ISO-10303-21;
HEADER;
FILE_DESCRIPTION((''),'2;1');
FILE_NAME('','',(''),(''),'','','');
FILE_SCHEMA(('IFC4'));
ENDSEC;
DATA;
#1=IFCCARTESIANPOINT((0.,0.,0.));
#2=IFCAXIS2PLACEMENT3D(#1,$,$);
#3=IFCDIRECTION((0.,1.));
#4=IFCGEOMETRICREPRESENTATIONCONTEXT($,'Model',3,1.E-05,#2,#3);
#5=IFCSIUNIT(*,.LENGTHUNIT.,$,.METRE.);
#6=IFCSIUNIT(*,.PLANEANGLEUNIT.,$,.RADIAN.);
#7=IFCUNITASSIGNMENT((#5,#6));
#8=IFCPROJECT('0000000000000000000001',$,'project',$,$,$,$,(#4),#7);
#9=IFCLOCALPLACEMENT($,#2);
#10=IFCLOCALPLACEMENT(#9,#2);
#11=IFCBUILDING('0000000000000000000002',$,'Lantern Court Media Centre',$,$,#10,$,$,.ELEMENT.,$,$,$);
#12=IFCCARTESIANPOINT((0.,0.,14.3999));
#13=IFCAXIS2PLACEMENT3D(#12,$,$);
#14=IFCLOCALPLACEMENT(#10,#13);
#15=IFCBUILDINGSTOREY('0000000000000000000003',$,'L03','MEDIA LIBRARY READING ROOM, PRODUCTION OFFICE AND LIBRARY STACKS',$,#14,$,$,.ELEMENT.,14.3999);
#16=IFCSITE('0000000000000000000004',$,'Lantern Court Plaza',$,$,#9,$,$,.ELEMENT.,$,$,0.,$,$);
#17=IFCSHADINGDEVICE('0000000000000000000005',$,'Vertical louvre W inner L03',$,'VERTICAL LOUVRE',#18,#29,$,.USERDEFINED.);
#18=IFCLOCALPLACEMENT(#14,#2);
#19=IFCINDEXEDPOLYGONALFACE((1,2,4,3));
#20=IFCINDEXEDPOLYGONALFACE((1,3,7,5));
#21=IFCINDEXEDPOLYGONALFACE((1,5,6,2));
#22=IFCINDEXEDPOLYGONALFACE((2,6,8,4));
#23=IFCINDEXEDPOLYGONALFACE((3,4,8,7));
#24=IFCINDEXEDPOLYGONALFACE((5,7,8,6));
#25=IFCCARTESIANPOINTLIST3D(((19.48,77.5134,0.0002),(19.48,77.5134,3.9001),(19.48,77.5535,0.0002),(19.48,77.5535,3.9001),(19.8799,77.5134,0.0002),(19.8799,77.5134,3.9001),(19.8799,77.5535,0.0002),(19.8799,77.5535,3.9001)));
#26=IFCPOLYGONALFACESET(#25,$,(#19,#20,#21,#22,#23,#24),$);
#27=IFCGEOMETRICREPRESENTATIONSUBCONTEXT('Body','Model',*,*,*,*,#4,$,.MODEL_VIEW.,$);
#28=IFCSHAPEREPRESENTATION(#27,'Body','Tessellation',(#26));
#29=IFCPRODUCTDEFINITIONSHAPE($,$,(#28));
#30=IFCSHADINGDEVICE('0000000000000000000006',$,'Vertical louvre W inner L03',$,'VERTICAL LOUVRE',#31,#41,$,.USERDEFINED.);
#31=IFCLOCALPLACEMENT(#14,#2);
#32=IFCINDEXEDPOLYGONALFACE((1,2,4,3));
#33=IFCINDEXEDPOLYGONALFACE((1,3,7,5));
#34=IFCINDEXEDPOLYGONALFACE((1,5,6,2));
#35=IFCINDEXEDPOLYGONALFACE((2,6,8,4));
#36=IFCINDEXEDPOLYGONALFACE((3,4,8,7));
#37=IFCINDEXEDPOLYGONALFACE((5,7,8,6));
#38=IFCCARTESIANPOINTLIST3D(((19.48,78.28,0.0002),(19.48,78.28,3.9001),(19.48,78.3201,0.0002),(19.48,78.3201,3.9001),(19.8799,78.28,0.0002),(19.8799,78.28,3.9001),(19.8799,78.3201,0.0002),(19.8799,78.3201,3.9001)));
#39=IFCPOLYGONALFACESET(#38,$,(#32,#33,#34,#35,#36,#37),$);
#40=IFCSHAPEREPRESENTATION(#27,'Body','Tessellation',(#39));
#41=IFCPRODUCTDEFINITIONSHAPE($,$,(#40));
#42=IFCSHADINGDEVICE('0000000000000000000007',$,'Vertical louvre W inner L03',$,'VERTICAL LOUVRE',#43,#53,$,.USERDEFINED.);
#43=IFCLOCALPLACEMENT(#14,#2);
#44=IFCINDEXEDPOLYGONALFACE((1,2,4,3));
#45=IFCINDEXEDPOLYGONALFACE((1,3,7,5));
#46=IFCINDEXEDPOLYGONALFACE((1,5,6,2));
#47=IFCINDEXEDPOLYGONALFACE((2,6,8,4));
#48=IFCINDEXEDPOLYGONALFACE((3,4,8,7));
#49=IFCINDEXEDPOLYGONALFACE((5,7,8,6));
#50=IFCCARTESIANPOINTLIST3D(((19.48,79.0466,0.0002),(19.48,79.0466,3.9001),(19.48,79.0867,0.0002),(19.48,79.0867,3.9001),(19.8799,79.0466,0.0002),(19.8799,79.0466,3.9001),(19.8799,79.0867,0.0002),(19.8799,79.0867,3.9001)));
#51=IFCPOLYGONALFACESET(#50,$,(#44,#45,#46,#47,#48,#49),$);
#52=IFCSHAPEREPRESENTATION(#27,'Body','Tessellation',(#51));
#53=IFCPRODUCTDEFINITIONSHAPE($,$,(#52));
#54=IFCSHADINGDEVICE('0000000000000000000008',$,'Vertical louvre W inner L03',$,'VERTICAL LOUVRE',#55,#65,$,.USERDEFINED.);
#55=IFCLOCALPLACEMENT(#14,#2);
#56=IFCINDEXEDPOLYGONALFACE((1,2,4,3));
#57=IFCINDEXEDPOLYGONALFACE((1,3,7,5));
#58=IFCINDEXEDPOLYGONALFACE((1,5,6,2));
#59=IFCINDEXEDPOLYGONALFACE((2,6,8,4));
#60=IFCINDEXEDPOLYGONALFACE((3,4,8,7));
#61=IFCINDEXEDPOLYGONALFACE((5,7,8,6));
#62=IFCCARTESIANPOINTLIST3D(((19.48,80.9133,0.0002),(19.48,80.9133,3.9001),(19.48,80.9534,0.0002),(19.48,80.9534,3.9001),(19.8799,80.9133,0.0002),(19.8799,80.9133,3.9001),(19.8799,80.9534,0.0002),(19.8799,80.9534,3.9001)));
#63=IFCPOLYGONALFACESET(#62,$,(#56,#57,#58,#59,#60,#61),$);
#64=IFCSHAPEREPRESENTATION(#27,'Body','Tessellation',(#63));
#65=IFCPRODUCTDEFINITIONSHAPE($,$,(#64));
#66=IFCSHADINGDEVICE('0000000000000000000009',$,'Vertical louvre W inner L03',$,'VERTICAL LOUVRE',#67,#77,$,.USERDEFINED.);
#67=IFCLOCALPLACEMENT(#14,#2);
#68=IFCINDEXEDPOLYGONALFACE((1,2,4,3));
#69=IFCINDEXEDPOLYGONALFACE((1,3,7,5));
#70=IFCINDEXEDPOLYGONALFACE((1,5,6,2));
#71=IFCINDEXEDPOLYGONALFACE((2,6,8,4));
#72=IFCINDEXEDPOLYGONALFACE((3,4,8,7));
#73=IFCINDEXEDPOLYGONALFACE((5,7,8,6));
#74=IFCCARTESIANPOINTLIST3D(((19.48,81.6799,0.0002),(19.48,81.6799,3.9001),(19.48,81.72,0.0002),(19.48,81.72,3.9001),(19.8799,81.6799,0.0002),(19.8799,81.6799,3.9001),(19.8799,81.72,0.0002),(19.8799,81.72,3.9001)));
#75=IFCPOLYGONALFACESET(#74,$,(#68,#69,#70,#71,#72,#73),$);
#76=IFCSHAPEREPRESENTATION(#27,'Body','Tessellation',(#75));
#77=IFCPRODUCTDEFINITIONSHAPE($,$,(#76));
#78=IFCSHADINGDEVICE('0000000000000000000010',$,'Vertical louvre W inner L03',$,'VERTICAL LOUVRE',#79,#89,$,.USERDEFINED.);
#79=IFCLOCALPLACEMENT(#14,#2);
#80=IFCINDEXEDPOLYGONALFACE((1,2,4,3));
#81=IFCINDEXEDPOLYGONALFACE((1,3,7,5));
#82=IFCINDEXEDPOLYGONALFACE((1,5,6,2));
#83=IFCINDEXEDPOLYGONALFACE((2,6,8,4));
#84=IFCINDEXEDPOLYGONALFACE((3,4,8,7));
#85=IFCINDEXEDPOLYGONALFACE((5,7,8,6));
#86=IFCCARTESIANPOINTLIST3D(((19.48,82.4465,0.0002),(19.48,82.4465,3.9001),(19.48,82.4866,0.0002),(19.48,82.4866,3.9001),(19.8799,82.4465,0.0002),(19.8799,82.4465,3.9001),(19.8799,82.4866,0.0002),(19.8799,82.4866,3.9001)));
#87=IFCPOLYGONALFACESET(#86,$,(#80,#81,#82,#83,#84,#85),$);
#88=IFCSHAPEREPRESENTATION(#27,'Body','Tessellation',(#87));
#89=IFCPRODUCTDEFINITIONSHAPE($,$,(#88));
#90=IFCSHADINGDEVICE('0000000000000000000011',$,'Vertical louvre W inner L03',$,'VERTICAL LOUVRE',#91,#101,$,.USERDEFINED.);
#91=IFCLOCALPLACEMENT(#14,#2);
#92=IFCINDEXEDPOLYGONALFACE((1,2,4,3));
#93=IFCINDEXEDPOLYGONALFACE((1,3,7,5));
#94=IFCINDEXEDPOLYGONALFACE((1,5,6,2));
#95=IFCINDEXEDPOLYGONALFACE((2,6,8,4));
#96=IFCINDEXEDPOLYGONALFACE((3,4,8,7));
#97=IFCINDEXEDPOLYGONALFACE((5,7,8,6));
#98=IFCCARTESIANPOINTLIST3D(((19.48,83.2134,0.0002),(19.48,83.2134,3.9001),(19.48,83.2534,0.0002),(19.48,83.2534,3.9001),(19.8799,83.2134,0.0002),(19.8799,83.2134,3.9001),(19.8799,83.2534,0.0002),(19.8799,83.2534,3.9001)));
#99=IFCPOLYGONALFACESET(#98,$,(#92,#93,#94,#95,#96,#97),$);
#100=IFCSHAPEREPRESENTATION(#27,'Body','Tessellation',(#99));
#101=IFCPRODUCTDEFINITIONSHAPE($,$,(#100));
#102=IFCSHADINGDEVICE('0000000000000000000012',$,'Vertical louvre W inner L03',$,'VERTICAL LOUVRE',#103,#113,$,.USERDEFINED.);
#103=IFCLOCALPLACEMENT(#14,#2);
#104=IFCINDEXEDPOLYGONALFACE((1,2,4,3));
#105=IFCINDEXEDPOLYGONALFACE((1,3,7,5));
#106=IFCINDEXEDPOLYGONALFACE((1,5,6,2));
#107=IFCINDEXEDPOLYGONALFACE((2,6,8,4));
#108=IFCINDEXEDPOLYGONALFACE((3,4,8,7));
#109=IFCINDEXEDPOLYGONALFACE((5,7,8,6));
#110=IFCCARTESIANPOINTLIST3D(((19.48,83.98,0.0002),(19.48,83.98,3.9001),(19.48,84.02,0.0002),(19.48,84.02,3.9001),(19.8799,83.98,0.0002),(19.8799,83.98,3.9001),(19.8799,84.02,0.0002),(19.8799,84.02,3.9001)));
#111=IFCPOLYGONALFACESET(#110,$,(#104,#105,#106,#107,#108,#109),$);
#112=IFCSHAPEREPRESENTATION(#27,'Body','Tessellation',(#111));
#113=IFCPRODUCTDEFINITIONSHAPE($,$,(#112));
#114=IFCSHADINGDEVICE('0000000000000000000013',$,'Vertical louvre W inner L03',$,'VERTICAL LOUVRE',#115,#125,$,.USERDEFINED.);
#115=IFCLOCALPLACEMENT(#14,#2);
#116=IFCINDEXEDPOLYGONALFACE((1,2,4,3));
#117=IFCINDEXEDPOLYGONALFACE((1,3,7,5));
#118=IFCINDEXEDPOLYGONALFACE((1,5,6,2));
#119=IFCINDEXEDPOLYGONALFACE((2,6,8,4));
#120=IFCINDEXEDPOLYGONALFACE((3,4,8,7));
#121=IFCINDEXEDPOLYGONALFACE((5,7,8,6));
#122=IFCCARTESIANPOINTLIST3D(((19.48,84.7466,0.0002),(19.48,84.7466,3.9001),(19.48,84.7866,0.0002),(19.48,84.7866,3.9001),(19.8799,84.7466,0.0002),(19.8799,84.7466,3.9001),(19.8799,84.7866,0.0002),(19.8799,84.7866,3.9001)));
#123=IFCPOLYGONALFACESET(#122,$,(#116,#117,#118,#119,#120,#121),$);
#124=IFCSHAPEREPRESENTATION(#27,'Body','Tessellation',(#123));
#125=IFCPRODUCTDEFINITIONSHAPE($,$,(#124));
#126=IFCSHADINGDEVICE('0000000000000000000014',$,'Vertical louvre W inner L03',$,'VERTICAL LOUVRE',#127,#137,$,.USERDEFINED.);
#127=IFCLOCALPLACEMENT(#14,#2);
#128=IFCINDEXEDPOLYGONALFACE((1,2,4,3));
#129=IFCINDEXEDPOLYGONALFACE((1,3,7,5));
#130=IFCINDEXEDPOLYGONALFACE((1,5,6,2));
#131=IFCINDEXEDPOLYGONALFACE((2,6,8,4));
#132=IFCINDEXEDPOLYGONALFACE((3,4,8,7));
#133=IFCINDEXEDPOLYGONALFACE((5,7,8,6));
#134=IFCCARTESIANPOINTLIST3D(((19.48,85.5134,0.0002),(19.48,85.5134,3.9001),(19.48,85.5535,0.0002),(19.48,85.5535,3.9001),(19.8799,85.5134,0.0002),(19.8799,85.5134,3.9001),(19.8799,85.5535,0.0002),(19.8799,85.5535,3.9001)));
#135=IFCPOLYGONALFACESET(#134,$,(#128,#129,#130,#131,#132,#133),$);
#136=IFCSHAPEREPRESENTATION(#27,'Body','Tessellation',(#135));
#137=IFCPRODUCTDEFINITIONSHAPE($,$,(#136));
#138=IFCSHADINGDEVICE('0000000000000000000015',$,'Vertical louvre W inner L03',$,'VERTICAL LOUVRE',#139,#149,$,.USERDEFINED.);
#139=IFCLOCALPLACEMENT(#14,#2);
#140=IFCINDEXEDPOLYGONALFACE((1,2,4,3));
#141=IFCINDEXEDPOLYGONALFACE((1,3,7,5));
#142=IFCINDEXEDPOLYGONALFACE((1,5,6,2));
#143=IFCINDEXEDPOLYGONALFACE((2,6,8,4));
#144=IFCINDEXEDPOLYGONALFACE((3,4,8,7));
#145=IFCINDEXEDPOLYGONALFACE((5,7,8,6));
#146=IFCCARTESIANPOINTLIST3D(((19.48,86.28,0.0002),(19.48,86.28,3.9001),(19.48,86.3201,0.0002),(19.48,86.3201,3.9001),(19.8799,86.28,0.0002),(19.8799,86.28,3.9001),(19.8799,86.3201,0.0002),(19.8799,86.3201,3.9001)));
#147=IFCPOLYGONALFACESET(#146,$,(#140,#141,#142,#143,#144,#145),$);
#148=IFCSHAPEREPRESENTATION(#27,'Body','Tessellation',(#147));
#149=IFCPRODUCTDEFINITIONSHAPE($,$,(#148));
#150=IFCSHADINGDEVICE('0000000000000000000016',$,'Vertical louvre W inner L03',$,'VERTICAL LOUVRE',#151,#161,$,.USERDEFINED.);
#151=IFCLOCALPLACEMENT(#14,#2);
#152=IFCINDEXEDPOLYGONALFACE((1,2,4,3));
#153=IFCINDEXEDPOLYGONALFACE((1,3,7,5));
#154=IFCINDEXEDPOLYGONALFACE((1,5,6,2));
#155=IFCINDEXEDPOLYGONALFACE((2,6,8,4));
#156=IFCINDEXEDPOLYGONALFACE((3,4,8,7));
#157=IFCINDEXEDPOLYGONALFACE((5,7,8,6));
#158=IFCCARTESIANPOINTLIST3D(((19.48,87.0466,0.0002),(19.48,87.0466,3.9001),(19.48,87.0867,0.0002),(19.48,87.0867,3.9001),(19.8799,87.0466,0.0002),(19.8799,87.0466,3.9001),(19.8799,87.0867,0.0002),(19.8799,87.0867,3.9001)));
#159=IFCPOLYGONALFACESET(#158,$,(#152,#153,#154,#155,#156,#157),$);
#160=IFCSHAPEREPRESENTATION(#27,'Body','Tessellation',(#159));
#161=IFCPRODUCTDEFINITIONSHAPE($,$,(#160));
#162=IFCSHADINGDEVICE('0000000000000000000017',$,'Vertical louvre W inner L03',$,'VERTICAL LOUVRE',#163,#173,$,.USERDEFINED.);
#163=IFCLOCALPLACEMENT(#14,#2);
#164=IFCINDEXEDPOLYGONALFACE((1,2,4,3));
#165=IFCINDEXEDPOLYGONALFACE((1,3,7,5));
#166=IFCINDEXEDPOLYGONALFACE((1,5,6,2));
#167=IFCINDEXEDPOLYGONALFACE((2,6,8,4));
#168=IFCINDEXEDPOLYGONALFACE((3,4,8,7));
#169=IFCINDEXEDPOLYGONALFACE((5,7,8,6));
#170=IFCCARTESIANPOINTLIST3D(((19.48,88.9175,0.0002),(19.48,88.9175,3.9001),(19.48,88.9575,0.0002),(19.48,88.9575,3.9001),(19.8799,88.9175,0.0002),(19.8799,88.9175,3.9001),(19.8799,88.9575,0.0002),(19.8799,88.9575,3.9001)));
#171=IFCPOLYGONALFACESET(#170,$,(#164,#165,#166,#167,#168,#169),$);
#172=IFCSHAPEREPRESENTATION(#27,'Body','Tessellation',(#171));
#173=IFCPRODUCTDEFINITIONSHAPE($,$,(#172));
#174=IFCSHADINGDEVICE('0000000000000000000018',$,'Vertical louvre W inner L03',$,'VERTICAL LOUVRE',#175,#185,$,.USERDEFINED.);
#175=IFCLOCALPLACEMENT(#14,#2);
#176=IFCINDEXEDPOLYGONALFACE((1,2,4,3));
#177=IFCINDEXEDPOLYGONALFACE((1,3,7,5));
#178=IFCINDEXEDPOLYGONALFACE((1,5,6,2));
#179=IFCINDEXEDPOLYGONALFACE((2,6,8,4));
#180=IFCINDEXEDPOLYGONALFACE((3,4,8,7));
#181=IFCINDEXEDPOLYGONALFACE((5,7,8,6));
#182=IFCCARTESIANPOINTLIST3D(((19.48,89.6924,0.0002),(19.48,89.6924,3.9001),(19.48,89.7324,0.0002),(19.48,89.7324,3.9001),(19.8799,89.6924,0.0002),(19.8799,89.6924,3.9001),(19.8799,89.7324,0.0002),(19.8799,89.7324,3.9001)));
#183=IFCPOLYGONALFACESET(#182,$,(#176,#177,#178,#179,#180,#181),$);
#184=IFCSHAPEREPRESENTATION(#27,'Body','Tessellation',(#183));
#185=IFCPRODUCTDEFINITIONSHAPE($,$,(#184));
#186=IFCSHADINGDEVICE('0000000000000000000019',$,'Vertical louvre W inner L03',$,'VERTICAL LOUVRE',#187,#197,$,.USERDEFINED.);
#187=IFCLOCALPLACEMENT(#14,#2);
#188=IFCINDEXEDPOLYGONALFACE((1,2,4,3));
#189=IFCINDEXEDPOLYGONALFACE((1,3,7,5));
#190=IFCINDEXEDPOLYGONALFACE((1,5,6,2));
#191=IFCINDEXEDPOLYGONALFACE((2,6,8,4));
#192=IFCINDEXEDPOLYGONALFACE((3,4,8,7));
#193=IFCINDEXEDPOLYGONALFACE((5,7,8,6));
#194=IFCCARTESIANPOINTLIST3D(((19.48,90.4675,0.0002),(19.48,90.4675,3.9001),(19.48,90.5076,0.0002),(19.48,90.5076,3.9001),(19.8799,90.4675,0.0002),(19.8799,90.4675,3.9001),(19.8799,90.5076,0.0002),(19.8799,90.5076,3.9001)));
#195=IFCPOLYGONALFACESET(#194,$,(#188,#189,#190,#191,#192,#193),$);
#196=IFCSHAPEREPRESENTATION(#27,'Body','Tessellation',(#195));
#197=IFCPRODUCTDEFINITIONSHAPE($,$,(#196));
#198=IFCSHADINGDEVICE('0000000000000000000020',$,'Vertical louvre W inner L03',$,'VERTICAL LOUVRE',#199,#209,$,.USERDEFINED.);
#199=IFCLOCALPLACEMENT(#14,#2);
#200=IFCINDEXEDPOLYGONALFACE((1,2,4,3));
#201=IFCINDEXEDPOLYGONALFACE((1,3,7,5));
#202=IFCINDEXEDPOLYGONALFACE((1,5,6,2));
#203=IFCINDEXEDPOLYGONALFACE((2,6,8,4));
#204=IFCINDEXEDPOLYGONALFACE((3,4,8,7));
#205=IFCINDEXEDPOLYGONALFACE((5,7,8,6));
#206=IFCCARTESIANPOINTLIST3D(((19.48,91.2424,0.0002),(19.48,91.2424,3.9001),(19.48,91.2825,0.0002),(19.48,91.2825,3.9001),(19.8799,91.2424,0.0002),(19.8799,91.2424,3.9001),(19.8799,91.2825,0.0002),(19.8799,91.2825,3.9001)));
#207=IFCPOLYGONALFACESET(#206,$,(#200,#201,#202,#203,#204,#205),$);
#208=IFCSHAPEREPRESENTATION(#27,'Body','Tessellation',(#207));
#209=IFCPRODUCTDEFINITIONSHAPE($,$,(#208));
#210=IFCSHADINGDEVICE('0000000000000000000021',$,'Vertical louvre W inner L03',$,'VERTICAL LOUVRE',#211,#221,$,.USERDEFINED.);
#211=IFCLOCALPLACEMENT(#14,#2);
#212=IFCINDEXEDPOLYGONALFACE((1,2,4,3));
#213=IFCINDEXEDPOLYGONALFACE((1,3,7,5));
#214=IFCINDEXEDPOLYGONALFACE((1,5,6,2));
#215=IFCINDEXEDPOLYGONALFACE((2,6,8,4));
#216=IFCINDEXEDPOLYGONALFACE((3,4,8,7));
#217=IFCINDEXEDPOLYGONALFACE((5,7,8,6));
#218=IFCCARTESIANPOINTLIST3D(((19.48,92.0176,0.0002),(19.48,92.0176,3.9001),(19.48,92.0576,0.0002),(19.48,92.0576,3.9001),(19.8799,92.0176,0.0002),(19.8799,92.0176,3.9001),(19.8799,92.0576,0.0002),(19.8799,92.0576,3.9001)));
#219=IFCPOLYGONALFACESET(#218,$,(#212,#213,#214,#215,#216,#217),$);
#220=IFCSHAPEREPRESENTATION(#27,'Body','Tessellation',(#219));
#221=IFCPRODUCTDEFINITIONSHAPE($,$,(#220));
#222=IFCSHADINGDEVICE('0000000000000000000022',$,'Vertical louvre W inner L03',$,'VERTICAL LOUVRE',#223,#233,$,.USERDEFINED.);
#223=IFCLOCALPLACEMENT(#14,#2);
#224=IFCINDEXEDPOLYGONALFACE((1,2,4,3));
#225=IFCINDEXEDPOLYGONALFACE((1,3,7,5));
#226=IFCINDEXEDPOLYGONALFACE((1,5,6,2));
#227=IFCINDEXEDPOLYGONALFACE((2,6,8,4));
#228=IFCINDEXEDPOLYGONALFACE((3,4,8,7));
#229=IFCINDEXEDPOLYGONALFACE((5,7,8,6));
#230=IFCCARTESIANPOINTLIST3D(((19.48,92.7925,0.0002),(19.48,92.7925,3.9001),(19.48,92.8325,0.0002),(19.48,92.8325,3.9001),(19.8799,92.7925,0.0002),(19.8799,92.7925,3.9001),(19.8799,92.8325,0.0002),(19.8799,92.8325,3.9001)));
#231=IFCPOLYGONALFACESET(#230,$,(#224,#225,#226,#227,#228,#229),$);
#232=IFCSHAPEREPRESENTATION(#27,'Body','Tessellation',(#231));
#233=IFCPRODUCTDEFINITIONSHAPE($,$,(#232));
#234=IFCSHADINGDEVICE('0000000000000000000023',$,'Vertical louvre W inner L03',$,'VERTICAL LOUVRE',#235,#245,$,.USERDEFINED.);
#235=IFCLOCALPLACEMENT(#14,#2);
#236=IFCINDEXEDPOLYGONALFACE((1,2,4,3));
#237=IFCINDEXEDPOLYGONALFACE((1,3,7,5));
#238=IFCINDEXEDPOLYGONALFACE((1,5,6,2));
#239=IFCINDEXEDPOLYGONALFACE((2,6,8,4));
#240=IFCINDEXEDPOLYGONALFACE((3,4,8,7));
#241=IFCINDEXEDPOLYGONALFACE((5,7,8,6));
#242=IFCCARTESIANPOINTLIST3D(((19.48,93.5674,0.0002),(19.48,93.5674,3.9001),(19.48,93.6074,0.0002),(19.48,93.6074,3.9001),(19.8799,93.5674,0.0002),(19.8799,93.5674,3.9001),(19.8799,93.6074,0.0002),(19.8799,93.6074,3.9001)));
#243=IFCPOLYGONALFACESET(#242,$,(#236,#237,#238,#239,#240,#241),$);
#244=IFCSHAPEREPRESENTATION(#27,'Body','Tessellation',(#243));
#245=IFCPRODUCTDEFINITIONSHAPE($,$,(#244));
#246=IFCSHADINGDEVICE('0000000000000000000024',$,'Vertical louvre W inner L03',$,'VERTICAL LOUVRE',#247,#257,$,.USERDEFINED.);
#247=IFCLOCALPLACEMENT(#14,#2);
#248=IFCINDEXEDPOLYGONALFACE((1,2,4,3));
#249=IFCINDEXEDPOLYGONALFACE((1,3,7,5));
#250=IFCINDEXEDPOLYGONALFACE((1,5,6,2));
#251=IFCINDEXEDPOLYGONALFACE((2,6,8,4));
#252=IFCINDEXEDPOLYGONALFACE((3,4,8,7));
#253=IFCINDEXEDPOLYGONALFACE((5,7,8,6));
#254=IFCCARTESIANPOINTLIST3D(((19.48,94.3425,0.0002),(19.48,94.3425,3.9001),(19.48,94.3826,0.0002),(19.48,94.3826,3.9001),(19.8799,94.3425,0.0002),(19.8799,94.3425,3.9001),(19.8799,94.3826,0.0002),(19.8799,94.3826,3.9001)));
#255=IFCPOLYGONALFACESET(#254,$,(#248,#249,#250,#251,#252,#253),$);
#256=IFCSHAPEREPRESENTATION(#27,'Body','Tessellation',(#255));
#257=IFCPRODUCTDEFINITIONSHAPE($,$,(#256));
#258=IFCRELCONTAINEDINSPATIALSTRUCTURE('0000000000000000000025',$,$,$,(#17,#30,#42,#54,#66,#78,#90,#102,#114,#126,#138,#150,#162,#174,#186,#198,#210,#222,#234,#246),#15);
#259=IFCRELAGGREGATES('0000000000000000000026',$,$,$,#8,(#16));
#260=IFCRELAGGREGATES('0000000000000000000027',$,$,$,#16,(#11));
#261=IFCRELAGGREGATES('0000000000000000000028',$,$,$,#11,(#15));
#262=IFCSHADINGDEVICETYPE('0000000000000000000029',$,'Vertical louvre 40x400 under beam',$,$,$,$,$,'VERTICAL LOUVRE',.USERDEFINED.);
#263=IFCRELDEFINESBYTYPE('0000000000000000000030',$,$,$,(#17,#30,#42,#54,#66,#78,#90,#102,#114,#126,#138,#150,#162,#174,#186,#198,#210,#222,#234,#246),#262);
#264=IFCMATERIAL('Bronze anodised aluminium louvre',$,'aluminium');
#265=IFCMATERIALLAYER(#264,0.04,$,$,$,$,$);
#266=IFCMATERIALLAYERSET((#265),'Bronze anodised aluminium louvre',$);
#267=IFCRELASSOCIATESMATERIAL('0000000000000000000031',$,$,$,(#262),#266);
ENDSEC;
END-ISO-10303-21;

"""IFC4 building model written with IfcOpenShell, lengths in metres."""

from ifc_helpers import new_model, si_unit, direction, frame, origin, origin_2d, place, context, subcontext, project, spatial, rectangle, extrude, material, layer, layer_set, type_object, element, save


model = new_model("IFC4")

# Units and contexts
model_context = context("Model", 3, precision=1e-05, world=origin(), true_north=direction((0.0, 1.0)))
body_context = subcontext(model_context, "Body", "Model", "MODEL_VIEW")
ifc_project = project(units=[si_unit("LENGTHUNIT", "METRE"), si_unit("PLANEANGLEUNIT", "RADIAN")], contexts=[model_context])

# Site, building, storey
site_placement = place(None, origin())
site = spatial("IfcSite", under=ifc_project, at=site_placement, Name="Lantern Court Plaza", CompositionType="ELEMENT", RefElevation=0.0)
building_placement = place(site_placement, origin())
building = spatial("IfcBuilding", under=site, at=building_placement, Name="Lantern Court Media Centre", CompositionType="ELEMENT")
storey_placement = place(building_placement, frame((0.0, 0.0, 14.3999)))
storey = spatial("IfcBuildingStorey", under=building, at=storey_placement, Name="L03", Description="MEDIA LIBRARY READING ROOM, PRODUCTION OFFICE AND LIBRARY STACKS", CompositionType="ELEMENT", Elevation=14.3999)

# Shading devices
ifc_material_1 = material(Name="Bronze anodised aluminium louvre", Category="aluminium")
ifc_layer_1 = layer(ifc_material_1, 0.04)
ifc_layer_set_1 = layer_set([ifc_layer_1], Name="Bronze anodised aluminium louvre")
shading_device_type = type_object("IfcShadingDeviceType", Name="Vertical louvre 40x400 under beam", ElementType="VERTICAL LOUVRE", PredefinedType="USERDEFINED", material=ifc_layer_set_1)
for number, where, z_axis, x_axis, name in (
    (1, (19.6799, 77.5334, 0.0002), (0.0, 0.0, 1.0), (1.0, 0.0, 0.0), "Vertical louvre W inner L03"),
    (2, (19.6799, 78.3, 0.0002), (0.0, 0.0, 1.0), (1.0, 0.0, 0.0), "Vertical louvre W inner L03"),
    (3, (19.6799, 79.0667, 0.0002), (0.0, 0.0, 1.0), (1.0, 0.0, 0.0), "Vertical louvre W inner L03"),
    (4, (19.6799, 80.9333, 0.0002), (0.0, 0.0, 1.0), (1.0, 0.0, 0.0), "Vertical louvre W inner L03"),
    (5, (19.6799, 81.7, 0.0002), (0.0, 0.0, 1.0), (1.0, 0.0, 0.0), "Vertical louvre W inner L03"),
    (6, (19.6799, 82.4666, 0.0002), (0.0, 0.0, 1.0), (1.0, 0.0, 0.0), "Vertical louvre W inner L03"),
    (7, (19.6799, 83.2334, 0.0002), (0.0, 0.0, 1.0), (1.0, 0.0, 0.0), "Vertical louvre W inner L03"),
    (8, (19.6799, 84.0, 0.0002), (0.0, 0.0, 1.0), (1.0, 0.0, 0.0), "Vertical louvre W inner L03"),
    (9, (19.6799, 84.7666, 0.0002), (0.0, 0.0, 1.0), (1.0, 0.0, 0.0), "Vertical louvre W inner L03"),
    (10, (19.6799, 85.5334, 0.0002), (0.0, 0.0, 1.0), (1.0, 0.0, 0.0), "Vertical louvre W inner L03"),
    (11, (19.6799, 86.3, 0.0002), (0.0, 0.0, 1.0), (1.0, 0.0, 0.0), "Vertical louvre W inner L03"),
    (12, (19.6799, 87.0667, 0.0002), (0.0, 0.0, 1.0), (1.0, 0.0, 0.0), "Vertical louvre W inner L03"),
    (13, (19.6799, 88.9375, 0.0002), (0.0, 0.0, 1.0), (1.0, 0.0, 0.0), "Vertical louvre W inner L03"),
    (14, (19.6799, 89.7124, 0.0002), (0.0, 0.0, 1.0), (1.0, 0.0, 0.0), "Vertical louvre W inner L03"),
    (15, (19.6799, 90.4875, 0.0002), (0.0, 0.0, 1.0), (1.0, 0.0, 0.0), "Vertical louvre W inner L03"),
    (16, (19.6799, 91.2625, 0.0002), (0.0, 0.0, 1.0), (1.0, 0.0, 0.0), "Vertical louvre W inner L03"),
    (17, (19.6799, 92.0376, 0.0002), (0.0, 0.0, 1.0), (1.0, 0.0, 0.0), "Vertical louvre W inner L03"),
    (18, (19.6799, 92.8125, 0.0002), (0.0, 0.0, 1.0), (1.0, 0.0, 0.0), "Vertical louvre W inner L03"),
    (19, (19.6799, 93.5874, 0.0002), (0.0, 0.0, 1.0), (1.0, 0.0, 0.0), "Vertical louvre W inner L03"),
    (20, (19.6799, 94.3625, 0.0002), (0.0, 0.0, 1.0), (1.0, 0.0, 0.0), "Vertical louvre W inner L03"),
):
    element("IfcShadingDevice", number, at=place(storey_placement, frame(where, z_axis=z_axis, x_axis=x_axis)), inside=storey, type_object=shading_device_type, Name=name, ObjectType="VERTICAL LOUVRE", PredefinedType="USERDEFINED", context=body_context, shape_type="SweptSolid", body=[
        extrude(rectangle(XDim=0.3999, YDim=0.04, at=origin_2d()), origin(), (0.0, 0.0, 1.0), 3.8999),
    ])

save(model, "model.ifc")
